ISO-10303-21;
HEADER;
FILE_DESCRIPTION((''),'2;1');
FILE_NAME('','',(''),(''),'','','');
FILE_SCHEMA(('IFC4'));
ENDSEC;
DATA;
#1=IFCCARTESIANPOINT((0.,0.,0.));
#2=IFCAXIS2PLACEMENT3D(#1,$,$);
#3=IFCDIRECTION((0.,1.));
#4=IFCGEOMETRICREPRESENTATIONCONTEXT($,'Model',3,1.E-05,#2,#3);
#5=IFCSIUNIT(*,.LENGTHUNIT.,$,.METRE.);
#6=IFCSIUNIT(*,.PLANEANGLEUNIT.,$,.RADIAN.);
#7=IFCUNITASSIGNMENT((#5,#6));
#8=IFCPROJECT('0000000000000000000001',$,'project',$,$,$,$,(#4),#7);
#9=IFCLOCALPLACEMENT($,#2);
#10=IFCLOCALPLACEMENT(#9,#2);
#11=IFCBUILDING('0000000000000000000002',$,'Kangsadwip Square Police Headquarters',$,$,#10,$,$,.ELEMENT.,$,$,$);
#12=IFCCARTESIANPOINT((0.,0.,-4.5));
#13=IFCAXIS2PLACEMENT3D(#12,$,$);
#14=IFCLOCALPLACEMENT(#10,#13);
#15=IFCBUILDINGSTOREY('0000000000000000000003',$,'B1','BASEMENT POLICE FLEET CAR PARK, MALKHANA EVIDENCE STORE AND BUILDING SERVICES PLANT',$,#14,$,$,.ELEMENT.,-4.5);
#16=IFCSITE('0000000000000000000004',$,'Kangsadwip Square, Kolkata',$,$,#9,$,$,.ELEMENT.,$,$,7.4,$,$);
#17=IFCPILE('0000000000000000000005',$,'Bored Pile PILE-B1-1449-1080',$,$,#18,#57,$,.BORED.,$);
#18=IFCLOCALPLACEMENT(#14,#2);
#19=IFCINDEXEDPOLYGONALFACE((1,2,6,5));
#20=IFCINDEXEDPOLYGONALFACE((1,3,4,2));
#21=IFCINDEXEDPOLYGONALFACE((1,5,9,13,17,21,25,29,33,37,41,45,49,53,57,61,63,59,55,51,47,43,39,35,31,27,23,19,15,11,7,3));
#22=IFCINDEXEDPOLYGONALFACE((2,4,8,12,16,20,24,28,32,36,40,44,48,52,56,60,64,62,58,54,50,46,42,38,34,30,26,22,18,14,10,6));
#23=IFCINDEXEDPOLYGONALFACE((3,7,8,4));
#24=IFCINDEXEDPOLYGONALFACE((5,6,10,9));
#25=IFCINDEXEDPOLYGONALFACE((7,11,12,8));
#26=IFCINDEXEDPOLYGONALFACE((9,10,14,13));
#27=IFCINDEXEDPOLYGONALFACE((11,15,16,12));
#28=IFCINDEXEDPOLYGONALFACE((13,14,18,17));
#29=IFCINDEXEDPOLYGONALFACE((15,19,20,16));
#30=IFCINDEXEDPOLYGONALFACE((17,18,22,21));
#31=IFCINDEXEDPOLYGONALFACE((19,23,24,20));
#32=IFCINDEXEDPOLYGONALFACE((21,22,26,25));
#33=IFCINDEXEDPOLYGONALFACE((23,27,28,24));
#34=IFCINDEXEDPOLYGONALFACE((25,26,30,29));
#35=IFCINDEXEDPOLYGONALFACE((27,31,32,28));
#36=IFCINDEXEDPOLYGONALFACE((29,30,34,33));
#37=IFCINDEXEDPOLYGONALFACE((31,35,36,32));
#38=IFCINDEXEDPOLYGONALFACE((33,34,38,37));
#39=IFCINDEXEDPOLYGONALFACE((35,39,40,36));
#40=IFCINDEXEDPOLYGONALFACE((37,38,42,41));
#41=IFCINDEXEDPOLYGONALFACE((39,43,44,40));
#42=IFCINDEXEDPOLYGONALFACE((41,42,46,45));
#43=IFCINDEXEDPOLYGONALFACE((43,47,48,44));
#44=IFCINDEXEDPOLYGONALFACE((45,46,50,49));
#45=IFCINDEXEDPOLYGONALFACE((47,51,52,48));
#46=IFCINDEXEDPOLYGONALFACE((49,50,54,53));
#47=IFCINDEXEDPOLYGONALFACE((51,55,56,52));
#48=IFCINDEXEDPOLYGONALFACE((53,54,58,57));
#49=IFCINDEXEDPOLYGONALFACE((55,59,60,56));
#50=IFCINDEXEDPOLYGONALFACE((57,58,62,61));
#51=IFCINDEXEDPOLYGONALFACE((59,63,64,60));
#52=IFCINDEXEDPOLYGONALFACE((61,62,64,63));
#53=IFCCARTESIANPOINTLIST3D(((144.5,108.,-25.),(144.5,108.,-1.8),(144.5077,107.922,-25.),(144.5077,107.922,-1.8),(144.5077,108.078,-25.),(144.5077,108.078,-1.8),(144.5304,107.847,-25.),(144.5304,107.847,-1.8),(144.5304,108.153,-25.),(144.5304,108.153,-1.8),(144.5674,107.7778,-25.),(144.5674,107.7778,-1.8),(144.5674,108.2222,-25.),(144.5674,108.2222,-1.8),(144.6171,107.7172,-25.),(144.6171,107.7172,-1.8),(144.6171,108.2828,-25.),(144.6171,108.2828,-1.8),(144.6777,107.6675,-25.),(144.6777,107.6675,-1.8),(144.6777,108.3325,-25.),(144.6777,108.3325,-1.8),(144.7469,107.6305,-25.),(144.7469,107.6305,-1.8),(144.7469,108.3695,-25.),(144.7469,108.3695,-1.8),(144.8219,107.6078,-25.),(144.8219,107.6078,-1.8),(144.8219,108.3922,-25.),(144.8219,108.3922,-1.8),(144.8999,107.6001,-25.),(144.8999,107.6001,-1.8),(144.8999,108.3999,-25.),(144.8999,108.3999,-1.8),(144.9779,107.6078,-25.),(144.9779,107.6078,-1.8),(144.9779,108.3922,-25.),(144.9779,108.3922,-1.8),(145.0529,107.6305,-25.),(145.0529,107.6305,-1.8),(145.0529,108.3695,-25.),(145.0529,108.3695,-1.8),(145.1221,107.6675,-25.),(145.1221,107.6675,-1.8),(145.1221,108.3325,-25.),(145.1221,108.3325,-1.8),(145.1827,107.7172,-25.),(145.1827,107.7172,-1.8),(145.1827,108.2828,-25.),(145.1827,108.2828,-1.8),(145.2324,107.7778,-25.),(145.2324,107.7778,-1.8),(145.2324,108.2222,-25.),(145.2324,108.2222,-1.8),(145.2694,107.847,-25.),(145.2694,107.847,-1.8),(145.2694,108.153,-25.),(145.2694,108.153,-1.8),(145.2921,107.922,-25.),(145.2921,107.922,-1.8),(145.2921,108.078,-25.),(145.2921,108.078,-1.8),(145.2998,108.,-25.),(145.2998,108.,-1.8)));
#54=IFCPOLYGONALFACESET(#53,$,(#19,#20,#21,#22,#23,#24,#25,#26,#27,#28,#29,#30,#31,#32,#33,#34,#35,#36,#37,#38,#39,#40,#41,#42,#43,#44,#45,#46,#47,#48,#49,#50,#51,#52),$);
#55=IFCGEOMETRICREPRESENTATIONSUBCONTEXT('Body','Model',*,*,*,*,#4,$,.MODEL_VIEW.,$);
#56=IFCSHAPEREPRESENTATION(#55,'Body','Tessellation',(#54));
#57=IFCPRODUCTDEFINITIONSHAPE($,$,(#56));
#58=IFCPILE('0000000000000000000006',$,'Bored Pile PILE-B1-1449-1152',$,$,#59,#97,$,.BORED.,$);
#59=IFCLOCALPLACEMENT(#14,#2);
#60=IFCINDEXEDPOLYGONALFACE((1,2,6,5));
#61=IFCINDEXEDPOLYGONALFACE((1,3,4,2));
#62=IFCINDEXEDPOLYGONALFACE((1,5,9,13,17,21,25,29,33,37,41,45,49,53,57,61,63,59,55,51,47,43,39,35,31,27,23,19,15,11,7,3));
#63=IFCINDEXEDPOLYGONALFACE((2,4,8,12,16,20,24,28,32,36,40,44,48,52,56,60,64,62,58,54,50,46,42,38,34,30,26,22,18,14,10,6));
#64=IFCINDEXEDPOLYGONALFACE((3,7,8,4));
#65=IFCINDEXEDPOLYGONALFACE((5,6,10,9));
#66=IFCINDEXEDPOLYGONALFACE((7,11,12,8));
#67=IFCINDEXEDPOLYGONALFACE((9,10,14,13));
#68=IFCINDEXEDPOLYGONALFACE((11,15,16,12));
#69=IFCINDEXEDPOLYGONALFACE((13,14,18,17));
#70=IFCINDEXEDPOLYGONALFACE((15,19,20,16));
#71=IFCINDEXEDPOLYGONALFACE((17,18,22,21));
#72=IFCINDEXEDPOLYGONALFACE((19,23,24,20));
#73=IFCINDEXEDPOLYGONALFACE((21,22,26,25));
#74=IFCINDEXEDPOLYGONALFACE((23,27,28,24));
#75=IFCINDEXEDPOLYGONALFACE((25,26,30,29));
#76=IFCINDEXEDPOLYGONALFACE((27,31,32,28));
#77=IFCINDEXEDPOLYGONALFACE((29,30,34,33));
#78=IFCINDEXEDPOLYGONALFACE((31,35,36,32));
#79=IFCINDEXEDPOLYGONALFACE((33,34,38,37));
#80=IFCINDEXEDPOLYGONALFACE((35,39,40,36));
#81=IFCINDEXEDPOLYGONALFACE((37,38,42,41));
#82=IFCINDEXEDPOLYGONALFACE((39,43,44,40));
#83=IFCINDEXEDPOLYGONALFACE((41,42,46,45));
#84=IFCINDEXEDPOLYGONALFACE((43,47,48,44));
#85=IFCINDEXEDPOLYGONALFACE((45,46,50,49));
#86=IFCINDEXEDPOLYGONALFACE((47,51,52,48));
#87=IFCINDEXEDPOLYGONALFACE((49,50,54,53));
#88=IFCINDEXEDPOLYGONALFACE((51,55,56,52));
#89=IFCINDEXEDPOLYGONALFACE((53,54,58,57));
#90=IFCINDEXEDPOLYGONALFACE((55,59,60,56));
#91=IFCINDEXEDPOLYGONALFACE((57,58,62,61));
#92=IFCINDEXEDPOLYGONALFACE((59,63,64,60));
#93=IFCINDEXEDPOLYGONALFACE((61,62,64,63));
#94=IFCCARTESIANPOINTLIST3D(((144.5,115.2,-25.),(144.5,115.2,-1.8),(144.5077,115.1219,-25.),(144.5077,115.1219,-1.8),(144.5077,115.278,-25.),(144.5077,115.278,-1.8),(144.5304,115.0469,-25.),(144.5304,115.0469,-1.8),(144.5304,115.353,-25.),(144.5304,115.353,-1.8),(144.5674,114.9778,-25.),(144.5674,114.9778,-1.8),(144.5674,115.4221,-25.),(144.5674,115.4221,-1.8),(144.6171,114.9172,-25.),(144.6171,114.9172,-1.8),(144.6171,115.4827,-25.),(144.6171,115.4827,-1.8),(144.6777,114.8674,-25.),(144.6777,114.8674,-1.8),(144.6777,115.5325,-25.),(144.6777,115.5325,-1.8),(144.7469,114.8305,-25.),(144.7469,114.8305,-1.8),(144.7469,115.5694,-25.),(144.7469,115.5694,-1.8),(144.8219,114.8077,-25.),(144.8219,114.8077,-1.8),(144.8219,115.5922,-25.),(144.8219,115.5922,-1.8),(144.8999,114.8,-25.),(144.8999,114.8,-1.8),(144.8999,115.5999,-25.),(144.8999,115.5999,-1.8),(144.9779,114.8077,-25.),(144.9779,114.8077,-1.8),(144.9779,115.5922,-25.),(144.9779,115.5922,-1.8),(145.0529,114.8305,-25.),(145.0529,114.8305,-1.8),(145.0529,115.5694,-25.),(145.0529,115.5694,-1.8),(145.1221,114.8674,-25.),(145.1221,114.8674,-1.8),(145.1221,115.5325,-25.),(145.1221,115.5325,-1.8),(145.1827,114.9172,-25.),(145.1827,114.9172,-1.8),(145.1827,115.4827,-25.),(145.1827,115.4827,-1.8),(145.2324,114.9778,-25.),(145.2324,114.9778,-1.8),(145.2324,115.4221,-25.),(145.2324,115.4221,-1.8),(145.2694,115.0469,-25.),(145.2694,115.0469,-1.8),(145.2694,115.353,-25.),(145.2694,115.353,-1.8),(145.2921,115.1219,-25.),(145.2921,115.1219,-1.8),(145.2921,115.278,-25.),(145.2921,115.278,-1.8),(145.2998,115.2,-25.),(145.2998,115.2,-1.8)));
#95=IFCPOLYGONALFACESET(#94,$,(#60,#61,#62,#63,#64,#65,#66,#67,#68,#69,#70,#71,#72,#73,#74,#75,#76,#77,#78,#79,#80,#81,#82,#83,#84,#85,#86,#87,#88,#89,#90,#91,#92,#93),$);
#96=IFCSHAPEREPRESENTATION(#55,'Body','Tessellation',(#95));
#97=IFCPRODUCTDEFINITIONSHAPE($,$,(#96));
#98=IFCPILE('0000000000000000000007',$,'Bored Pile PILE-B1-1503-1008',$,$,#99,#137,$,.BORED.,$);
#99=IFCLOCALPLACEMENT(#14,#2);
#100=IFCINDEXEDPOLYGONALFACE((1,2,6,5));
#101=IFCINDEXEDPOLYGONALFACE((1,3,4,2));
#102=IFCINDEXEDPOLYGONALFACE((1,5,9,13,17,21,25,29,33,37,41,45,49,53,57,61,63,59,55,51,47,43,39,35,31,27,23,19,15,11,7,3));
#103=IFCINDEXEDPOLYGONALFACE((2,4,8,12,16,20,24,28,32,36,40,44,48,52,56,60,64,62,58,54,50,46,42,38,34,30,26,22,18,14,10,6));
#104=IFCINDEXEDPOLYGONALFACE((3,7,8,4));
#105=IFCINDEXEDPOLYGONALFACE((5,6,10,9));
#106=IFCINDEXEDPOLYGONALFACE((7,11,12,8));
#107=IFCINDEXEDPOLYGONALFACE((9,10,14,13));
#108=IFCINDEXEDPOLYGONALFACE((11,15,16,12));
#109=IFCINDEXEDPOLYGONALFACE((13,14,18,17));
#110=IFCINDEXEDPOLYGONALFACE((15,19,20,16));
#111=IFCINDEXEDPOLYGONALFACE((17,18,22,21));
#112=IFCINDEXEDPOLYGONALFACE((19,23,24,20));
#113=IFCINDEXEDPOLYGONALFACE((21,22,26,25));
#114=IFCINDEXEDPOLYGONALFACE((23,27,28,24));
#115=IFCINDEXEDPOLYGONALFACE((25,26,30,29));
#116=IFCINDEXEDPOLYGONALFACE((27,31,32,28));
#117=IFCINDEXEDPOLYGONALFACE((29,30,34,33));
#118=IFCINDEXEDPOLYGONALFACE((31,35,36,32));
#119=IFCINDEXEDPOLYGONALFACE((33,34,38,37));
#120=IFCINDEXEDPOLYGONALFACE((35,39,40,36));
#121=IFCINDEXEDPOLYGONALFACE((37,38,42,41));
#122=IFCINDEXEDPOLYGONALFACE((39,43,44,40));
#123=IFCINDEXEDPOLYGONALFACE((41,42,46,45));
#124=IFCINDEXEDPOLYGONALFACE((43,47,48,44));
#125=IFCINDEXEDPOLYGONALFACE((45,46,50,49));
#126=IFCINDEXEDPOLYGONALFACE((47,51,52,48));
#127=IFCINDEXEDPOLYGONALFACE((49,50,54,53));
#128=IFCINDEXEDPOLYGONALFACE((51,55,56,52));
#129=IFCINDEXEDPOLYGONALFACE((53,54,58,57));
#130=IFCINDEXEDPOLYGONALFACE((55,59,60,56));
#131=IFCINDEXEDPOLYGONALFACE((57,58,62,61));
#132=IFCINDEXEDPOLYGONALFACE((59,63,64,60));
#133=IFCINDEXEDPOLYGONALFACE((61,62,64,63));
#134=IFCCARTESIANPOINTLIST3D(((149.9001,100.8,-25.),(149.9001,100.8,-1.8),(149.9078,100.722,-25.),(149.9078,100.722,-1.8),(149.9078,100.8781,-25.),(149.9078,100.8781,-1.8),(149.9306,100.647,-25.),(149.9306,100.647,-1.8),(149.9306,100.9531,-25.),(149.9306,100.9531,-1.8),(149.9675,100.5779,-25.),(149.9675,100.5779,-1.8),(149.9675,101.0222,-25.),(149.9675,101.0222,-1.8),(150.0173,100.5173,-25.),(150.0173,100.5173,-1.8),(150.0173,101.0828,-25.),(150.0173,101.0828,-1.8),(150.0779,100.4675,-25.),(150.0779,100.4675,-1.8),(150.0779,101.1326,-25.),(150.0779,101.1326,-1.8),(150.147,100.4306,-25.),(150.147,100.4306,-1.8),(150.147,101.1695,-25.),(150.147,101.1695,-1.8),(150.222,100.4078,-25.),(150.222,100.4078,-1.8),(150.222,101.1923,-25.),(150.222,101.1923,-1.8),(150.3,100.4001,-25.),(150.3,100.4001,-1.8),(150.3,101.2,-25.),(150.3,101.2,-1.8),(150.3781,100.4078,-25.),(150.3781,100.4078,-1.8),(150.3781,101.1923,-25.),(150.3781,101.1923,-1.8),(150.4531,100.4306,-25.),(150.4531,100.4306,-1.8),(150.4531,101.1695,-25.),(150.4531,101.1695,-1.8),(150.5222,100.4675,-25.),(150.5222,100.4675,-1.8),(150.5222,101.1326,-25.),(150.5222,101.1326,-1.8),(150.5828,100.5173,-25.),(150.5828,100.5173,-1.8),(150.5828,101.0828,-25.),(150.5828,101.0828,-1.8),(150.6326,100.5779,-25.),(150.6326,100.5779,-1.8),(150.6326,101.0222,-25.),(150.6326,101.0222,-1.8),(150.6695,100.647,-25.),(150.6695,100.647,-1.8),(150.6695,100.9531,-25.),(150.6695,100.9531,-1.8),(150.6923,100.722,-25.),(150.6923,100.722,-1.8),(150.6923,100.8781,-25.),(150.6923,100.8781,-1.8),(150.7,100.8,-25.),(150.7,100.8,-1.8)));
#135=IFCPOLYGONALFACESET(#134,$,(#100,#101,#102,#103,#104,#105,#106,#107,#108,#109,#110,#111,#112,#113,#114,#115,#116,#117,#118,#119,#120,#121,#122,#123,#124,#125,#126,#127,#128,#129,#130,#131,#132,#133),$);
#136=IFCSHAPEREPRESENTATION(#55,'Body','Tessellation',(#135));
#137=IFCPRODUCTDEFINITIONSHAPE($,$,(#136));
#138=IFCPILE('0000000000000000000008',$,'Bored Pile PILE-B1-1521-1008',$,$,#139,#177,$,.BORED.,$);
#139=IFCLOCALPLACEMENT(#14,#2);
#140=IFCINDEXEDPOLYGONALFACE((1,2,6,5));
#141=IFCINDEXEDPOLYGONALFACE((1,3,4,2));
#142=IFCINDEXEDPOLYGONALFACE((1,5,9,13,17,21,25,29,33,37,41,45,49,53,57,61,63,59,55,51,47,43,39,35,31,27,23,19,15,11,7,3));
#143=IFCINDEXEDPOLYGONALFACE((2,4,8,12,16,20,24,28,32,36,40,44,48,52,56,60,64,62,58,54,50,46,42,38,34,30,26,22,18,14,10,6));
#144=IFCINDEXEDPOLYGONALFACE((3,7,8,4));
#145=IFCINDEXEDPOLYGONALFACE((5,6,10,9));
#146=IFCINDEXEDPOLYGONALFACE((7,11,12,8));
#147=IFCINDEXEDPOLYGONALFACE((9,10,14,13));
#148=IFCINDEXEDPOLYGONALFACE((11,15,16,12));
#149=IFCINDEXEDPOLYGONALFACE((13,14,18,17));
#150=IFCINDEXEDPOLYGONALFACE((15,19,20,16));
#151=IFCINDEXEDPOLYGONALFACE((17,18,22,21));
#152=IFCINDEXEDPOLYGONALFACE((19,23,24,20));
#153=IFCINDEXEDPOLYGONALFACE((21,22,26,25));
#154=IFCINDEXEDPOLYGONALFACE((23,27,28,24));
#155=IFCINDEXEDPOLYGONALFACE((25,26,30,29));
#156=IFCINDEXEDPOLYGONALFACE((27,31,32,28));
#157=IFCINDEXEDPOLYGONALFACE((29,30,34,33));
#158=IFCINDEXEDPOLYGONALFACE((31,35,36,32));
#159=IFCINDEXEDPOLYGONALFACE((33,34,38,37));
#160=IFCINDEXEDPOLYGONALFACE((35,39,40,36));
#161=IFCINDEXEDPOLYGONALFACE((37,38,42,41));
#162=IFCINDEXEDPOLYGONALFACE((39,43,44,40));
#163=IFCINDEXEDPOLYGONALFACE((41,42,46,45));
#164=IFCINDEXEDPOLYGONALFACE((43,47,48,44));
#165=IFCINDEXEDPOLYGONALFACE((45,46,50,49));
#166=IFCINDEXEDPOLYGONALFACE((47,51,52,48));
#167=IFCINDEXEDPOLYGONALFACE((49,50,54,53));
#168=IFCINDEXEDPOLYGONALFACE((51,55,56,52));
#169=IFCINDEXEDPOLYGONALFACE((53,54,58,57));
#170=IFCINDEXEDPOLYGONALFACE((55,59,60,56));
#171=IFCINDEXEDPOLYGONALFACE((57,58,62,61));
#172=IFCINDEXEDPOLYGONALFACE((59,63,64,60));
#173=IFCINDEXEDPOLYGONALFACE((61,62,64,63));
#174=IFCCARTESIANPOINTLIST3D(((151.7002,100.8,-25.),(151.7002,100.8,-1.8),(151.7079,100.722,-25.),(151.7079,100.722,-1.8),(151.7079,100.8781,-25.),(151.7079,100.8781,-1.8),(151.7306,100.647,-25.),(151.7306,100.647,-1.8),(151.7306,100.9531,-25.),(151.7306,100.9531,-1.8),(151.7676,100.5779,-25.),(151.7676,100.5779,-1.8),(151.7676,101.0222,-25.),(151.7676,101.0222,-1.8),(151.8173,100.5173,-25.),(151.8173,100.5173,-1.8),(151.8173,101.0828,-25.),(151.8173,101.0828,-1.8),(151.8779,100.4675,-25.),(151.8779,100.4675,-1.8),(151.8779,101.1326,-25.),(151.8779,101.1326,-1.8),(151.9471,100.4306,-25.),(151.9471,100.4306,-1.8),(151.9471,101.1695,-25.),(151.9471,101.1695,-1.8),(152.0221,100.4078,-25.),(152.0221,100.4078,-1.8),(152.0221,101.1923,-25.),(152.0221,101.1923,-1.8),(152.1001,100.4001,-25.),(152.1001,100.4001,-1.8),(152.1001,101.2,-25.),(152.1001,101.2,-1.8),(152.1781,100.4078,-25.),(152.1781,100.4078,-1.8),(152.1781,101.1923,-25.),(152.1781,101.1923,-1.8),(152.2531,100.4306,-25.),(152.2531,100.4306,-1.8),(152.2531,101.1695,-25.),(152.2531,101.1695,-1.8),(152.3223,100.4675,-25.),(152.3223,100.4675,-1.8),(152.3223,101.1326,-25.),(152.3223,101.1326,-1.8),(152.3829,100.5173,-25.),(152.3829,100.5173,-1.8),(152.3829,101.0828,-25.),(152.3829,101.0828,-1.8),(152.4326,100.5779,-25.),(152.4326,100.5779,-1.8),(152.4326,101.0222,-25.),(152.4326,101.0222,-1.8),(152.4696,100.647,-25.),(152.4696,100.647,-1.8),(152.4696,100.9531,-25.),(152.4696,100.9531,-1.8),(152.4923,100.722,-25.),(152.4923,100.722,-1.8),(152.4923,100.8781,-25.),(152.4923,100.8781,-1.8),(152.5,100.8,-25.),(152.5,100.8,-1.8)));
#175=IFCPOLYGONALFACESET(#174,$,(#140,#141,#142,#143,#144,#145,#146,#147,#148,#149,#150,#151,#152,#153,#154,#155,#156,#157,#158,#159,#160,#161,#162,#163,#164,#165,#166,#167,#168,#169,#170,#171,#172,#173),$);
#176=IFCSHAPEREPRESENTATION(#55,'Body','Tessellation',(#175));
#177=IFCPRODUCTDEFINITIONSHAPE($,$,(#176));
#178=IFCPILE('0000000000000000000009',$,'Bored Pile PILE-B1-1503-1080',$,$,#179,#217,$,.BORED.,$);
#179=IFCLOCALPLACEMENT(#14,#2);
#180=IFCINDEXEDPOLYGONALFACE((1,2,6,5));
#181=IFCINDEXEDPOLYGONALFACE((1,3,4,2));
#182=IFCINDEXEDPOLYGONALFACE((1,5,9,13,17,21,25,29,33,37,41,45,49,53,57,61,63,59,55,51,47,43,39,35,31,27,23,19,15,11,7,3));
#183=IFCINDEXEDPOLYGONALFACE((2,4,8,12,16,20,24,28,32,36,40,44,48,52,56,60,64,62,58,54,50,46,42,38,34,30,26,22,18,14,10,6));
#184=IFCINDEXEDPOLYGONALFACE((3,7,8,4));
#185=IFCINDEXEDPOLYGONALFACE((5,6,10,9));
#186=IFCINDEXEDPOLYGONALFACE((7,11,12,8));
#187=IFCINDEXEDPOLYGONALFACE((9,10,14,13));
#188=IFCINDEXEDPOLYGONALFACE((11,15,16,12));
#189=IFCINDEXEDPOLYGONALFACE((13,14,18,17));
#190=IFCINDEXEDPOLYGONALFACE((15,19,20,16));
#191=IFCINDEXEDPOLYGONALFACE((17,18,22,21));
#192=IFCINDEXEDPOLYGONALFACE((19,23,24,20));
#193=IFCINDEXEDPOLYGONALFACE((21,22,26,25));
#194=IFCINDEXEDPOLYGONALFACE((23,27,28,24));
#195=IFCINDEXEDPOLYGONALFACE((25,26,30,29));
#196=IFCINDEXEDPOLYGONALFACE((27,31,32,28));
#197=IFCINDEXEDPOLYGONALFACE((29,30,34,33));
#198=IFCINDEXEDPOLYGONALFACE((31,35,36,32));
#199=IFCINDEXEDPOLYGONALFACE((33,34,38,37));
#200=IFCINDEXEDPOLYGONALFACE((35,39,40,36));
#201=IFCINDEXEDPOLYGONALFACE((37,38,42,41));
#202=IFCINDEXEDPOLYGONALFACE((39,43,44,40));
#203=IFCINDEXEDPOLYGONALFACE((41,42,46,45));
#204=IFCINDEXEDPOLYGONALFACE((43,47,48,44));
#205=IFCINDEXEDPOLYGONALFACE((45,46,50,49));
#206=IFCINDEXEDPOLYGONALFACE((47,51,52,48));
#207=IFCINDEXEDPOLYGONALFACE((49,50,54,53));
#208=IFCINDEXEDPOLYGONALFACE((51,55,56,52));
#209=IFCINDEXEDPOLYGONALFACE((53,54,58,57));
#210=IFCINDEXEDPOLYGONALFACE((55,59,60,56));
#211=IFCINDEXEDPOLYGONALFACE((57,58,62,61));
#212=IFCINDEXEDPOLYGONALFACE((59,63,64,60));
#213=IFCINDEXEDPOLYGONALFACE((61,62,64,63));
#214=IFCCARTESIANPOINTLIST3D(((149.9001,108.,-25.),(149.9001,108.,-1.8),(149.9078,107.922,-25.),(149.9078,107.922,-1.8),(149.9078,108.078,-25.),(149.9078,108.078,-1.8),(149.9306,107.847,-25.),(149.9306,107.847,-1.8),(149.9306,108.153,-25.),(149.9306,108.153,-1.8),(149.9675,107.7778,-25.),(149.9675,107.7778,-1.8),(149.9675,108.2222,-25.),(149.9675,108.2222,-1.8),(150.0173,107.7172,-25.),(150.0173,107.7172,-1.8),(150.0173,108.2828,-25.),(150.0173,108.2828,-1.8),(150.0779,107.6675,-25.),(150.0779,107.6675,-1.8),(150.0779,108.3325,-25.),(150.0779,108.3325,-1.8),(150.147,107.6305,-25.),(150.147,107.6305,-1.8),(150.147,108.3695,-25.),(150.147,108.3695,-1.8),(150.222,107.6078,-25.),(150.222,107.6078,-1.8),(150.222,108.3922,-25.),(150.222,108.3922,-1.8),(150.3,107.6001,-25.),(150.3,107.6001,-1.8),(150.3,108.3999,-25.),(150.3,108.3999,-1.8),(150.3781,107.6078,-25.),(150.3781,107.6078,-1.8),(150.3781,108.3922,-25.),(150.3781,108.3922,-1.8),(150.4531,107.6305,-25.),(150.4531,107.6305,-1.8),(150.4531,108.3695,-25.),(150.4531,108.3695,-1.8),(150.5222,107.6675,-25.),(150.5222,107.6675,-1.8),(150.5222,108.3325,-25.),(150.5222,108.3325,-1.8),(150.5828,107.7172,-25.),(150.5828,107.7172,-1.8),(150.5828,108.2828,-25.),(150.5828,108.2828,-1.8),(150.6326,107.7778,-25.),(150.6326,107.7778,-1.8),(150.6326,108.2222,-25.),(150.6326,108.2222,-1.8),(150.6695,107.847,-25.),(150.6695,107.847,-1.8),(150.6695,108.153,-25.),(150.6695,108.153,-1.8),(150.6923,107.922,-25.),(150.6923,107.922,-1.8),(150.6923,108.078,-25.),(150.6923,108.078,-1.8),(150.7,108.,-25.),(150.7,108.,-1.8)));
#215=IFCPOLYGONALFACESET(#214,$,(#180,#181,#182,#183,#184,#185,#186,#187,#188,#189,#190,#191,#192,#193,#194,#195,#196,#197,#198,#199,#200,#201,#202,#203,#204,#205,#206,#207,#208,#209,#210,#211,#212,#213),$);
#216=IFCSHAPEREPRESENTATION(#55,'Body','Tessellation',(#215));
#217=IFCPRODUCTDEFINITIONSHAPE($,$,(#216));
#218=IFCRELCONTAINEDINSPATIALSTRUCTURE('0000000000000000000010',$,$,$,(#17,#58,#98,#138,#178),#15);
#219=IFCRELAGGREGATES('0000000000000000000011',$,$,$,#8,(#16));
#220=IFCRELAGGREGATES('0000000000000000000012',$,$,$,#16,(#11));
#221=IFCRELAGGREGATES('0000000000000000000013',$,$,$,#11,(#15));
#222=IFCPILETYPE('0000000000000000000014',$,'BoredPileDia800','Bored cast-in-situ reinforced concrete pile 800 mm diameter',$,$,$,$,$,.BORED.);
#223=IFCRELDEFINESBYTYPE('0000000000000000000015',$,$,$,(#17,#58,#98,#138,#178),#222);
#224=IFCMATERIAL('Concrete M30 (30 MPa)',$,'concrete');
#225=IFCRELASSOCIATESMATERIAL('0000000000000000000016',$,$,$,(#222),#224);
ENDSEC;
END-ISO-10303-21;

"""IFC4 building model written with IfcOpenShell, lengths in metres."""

from ifc_helpers import new_model, si_unit, direction, frame, origin, origin_2d, place, context, subcontext, project, spatial, circle, extrude, material, material_profile, profile_set, type_object, element, save


model = new_model("IFC4")

# Units and contexts
model_context = context("Model", 3, precision=1e-05, world=origin(), true_north=direction((0.0, 1.0)))
body_context = subcontext(model_context, "Body", "Model", "MODEL_VIEW")
ifc_project = project(units=[si_unit("LENGTHUNIT", "METRE"), si_unit("PLANEANGLEUNIT", "RADIAN")], contexts=[model_context])

# Site, building, storey
site_placement = place(None, origin())
site = spatial("IfcSite", under=ifc_project, at=site_placement, Name="Kangsadwip Square, Kolkata", CompositionType="ELEMENT", RefElevation=7.4)
building_placement = place(site_placement, origin())
building = spatial("IfcBuilding", under=site, at=building_placement, Name="Kangsadwip Square Police Headquarters", CompositionType="ELEMENT")
storey_placement = place(building_placement, frame((0.0, 0.0, -4.5)))
storey = spatial("IfcBuildingStorey", under=building, at=storey_placement, Name="B1", Description="BASEMENT POLICE FLEET CAR PARK, MALKHANA EVIDENCE STORE AND BUILDING SERVICES PLANT", CompositionType="ELEMENT", Elevation=-4.5)

# Piles
ifc_material_1 = material(Name="Concrete M30 (30 MPa)", Category="concrete")
ifc_material_profile_1 = material_profile(ifc_material_1, circle(Radius=0.3999, at=origin_2d()), Name="PILE DIA 800")
ifc_profile_set_1 = profile_set([ifc_material_profile_1], Name="Concrete M30 (30 MPa)")
pile_type = type_object("IfcPileType", Name="BoredPileDia800", Description="Bored cast-in-situ reinforced concrete pile 800 mm diameter", PredefinedType="BORED", material=ifc_profile_set_1)
for number, where, z_axis, x_axis, name in (
    (1, (144.8999, 108.0, -1.8), (0.0, 0.0, -1.0), (1.0, 0.0, 0.0), "Bored Pile PILE-B1-1449-1080"),
    (2, (144.8999, 115.2, -1.8), (0.0, 0.0, -1.0), (1.0, 0.0, 0.0), "Bored Pile PILE-B1-1449-1152"),
    (3, (150.3, 100.8, -1.8), (0.0, 0.0, -1.0), (1.0, 0.0, 0.0), "Bored Pile PILE-B1-1503-1008"),
    (4, (152.1001, 100.8, -1.8), (0.0, 0.0, -1.0), (1.0, 0.0, 0.0), "Bored Pile PILE-B1-1521-1008"),
    (5, (150.3, 108.0, -1.8), (0.0, 0.0, -1.0), (1.0, 0.0, 0.0), "Bored Pile PILE-B1-1503-1080"),
):
    element("IfcPile", number, at=place(storey_placement, frame(where, z_axis=z_axis, x_axis=x_axis)), inside=storey, type_object=pile_type, Name=name, PredefinedType="BORED", context=body_context, shape_type="SweptSolid", body=[
        extrude(circle(Radius=0.3999, at=origin_2d()), origin(), (0.0, 0.0, 1.0), 23.2),
    ])

save(model, "model.ifc")
